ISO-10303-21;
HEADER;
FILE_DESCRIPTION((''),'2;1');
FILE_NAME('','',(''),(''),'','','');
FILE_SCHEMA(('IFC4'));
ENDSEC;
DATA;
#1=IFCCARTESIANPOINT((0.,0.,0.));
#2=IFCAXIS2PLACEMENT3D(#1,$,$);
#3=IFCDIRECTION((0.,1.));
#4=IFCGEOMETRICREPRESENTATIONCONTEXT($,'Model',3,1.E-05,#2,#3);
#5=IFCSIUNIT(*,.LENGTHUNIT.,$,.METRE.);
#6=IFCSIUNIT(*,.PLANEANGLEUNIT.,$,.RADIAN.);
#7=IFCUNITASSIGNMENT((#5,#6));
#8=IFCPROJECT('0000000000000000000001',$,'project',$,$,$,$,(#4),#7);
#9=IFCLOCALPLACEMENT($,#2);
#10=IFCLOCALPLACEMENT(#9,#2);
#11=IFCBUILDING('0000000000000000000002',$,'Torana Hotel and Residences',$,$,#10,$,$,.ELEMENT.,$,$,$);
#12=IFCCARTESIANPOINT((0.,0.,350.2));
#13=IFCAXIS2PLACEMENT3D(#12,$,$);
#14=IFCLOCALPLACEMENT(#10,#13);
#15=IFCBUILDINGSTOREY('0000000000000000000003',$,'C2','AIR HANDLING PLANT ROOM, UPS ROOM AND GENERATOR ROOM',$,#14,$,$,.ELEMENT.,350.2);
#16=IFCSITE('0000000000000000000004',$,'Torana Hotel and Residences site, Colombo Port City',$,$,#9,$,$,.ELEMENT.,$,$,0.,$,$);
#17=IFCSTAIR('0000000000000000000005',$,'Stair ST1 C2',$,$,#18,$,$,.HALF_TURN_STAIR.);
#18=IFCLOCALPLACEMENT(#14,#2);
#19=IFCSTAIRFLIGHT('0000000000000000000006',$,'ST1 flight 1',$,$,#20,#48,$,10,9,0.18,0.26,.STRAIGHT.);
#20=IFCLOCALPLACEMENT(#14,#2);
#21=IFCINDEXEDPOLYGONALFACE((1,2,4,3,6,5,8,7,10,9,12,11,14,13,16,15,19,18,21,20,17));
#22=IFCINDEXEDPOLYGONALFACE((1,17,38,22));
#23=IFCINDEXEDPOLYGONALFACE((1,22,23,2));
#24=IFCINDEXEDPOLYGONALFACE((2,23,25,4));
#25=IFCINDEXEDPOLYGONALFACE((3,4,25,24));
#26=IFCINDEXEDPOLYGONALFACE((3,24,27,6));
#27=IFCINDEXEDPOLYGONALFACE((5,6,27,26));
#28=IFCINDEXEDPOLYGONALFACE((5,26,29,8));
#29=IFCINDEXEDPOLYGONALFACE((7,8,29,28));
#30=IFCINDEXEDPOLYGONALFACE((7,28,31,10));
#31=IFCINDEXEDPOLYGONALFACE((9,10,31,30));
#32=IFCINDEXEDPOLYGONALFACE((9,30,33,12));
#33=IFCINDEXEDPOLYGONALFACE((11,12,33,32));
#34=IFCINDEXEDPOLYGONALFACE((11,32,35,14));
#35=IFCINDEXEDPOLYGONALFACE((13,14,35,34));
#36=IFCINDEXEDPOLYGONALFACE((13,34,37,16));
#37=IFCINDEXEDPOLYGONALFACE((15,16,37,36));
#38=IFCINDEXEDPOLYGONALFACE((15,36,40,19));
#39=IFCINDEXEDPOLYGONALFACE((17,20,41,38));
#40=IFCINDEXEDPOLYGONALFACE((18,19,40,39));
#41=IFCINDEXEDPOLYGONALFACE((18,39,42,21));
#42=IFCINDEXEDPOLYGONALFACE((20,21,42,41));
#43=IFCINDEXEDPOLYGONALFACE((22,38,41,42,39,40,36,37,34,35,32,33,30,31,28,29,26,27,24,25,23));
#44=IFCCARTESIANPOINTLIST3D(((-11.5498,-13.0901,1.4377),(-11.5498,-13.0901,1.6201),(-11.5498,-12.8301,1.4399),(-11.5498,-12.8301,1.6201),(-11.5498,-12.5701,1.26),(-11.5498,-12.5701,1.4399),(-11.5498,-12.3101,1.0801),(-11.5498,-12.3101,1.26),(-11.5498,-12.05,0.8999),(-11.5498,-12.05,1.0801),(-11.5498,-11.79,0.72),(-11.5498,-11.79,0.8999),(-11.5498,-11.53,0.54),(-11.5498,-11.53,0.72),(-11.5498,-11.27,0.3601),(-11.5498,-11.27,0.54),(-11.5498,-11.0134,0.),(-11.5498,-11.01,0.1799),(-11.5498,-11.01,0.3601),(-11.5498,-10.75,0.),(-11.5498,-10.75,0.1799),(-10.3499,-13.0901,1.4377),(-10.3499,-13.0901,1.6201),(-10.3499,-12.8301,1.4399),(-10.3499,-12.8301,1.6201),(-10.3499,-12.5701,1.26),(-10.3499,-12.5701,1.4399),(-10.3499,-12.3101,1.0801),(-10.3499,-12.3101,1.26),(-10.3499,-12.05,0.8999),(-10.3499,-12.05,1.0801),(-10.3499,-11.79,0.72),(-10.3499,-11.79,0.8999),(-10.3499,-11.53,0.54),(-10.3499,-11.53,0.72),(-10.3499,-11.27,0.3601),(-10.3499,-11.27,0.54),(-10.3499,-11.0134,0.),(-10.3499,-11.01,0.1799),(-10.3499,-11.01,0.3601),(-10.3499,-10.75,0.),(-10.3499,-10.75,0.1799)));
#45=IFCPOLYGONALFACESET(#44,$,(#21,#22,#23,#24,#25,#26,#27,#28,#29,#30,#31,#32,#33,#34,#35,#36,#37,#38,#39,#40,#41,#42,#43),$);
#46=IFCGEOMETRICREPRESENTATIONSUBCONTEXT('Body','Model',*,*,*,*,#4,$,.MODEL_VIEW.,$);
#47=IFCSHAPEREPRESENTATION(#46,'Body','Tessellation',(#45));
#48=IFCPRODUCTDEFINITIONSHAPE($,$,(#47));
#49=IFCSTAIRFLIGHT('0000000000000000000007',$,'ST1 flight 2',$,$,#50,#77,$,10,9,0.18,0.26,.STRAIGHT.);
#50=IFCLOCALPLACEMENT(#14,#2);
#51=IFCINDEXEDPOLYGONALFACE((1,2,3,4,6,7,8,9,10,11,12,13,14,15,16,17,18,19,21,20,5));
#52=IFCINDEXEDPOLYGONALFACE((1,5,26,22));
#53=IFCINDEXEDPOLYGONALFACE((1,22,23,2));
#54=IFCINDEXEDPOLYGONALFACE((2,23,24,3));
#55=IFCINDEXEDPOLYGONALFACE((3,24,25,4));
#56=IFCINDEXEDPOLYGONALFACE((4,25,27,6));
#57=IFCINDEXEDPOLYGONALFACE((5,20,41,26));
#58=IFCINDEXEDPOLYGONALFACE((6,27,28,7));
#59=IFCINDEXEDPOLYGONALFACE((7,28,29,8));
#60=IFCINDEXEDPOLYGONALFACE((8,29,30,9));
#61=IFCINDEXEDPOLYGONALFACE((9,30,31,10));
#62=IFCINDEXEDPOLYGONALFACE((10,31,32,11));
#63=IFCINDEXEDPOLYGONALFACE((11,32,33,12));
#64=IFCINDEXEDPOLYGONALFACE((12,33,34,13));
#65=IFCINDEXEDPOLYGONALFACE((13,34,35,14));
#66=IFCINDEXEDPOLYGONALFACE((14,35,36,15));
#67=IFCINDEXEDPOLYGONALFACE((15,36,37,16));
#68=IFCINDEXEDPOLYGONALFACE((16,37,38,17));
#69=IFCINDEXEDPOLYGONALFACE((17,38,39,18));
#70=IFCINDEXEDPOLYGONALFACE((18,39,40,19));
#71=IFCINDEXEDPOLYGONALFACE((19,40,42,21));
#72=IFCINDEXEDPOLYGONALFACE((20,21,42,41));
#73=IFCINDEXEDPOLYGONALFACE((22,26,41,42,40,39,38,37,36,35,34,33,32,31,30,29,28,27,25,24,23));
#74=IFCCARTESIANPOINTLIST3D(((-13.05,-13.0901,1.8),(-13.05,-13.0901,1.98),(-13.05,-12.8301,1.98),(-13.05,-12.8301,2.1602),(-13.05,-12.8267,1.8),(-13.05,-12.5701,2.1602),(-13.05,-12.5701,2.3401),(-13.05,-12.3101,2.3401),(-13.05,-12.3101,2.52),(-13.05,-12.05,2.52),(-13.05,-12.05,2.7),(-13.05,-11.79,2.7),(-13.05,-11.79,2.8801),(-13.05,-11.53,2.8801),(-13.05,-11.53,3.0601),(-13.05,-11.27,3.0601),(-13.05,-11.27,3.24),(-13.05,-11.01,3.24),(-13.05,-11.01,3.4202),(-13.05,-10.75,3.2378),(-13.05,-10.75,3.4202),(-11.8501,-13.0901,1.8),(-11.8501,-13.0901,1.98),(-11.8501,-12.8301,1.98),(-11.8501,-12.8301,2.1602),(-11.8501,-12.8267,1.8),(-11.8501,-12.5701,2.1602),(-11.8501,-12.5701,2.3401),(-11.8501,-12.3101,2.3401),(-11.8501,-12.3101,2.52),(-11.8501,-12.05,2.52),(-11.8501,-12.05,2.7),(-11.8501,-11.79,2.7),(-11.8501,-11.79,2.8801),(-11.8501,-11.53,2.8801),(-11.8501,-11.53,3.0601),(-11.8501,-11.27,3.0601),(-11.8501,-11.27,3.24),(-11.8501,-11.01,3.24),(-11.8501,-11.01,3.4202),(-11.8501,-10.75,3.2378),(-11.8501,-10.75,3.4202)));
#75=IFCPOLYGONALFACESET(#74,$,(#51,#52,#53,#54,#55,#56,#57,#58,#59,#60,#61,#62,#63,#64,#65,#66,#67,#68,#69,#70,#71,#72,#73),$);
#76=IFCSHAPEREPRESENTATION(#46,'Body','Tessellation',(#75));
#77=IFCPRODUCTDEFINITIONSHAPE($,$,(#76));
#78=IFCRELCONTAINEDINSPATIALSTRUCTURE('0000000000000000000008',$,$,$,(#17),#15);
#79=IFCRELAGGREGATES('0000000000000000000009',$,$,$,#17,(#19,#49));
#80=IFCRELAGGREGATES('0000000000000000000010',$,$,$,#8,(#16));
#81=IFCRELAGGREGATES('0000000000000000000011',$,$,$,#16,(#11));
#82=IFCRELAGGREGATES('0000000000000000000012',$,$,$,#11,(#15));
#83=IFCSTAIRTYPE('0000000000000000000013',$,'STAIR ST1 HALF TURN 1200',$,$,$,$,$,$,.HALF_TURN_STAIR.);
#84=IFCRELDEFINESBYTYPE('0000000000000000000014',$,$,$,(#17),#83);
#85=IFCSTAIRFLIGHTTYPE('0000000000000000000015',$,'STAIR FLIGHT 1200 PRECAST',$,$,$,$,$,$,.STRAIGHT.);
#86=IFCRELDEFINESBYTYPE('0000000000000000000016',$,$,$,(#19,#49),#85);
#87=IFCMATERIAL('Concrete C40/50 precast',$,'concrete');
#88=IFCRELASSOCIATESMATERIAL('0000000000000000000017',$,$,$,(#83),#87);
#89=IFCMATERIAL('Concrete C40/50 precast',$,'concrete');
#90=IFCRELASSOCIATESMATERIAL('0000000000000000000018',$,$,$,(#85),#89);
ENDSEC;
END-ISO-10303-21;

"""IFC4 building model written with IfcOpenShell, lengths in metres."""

from ifc_helpers import new_model, si_unit, direction, frame, origin, place, context, subcontext, project, spatial, polyline, outline, extrude, material, type_object, element, aggregate, save


model = new_model("IFC4")

# Units and contexts
model_context = context("Model", 3, precision=1e-05, world=origin(), true_north=direction((0.0, 1.0)))
body_context = subcontext(model_context, "Body", "Model", "MODEL_VIEW")
ifc_project = project(units=[si_unit("LENGTHUNIT", "METRE"), si_unit("PLANEANGLEUNIT", "RADIAN")], contexts=[model_context])

# Site, building, storey
site_placement = place(None, origin())
site = spatial("IfcSite", under=ifc_project, at=site_placement, Name="Torana Hotel and Residences site, Colombo Port City", CompositionType="ELEMENT", RefElevation=0.0)
building_placement = place(site_placement, origin())
building = spatial("IfcBuilding", under=site, at=building_placement, Name="Torana Hotel and Residences", CompositionType="ELEMENT")
storey_placement = place(building_placement, frame((0.0, 0.0, 350.2)))
storey = spatial("IfcBuildingStorey", under=building, at=storey_placement, Name="C2", Description="AIR HANDLING PLANT ROOM, UPS ROOM AND GENERATOR ROOM", CompositionType="ELEMENT", Elevation=350.2)

# Stair, stair flights
ifc_material_1 = material(Name="Concrete C40/50 precast", Category="concrete")
stair_type = type_object("IfcStairType", Name="STAIR ST1 HALF TURN 1200", PredefinedType="HALF_TURN_STAIR", material=ifc_material_1)
stair_placement = place(storey_placement, origin())
stair = element("IfcStair", 1, at=stair_placement, inside=storey, type_object=stair_type, Name="Stair ST1 C2", PredefinedType="HALF_TURN_STAIR")
ifc_material_2 = material(Name="Concrete C40/50 precast", Category="concrete")
stair_flight_type = type_object("IfcStairFlightType", Name="STAIR FLIGHT 1200 PRECAST", PredefinedType="STRAIGHT", material=ifc_material_2)
stair_flight_1_placement = place(storey_placement, frame((-10.95, -10.75, 0.0), z_axis=(0.0, 0.0, 1.0), x_axis=(0.0, -1.0, 0.0)))
stair_flight_1 = element("IfcStairFlight", 2, at=stair_flight_1_placement, type_object=stair_flight_type, Name="ST1 flight 1", NumberOfRisers=10, NumberOfTreads=9, PredefinedType="STRAIGHT", RiserHeight=0.18, TreadLength=0.26, context=body_context, shape_type="SweptSolid", body=[
    extrude(outline(polyline([(0.0, 0.0), (0.0, 0.1799), (0.26, 0.1799), (0.26, 0.3601), (0.52, 0.3601), (0.52, 0.54), (0.78, 0.54), (0.78, 0.72), (1.04, 0.72), (1.04, 0.8999), (1.3, 0.8999), (1.3, 1.0801), (1.5601, 1.0801), (1.5601, 1.26), (1.8201, 1.26), (1.8201, 1.4399), (2.0801, 1.4399), (2.0801, 1.6201), (2.3401, 1.6201), (2.3401, 1.8), (2.3401, 1.4377), (0.2634, 0.0), (0.0, 0.0)])), frame((0.0, 0.6001, 0.0), z_axis=(0.0, -1.0, 0.0), x_axis=(1.0, 0.0, 0.0)), (0.0, 0.0, 1.0), 1.2),
])
stair_flight_2_placement = place(storey_placement, frame((-12.45, -13.0901, 1.8), z_axis=(0.0, 0.0, 1.0), x_axis=(0.0, 1.0, 0.0)))
stair_flight_2 = element("IfcStairFlight", 3, at=stair_flight_2_placement, type_object=stair_flight_type, Name="ST1 flight 2", NumberOfRisers=10, NumberOfTreads=9, PredefinedType="STRAIGHT", RiserHeight=0.18, TreadLength=0.26, context=body_context, shape_type="SweptSolid", body=[
    extrude(outline(polyline([(0.0, 0.0), (0.0, 0.1799), (0.26, 0.1799), (0.26, 0.3601), (0.52, 0.3601), (0.52, 0.54), (0.78, 0.54), (0.78, 0.72), (1.04, 0.72), (1.04, 0.8999), (1.3, 0.8999), (1.3, 1.0801), (1.5601, 1.0801), (1.5601, 1.26), (1.8201, 1.26), (1.8201, 1.4399), (2.0801, 1.4399), (2.0801, 1.6201), (2.3401, 1.6201), (2.3401, 1.8), (2.3401, 1.4377), (0.2634, 0.0), (0.0, 0.0)])), frame((0.0, 0.6001, 0.0), z_axis=(0.0, -1.0, 0.0), x_axis=(1.0, 0.0, 0.0)), (0.0, 0.0, 1.0), 1.2),
])
aggregate(stair, [stair_flight_1, stair_flight_2])

save(model, "model.ifc")
